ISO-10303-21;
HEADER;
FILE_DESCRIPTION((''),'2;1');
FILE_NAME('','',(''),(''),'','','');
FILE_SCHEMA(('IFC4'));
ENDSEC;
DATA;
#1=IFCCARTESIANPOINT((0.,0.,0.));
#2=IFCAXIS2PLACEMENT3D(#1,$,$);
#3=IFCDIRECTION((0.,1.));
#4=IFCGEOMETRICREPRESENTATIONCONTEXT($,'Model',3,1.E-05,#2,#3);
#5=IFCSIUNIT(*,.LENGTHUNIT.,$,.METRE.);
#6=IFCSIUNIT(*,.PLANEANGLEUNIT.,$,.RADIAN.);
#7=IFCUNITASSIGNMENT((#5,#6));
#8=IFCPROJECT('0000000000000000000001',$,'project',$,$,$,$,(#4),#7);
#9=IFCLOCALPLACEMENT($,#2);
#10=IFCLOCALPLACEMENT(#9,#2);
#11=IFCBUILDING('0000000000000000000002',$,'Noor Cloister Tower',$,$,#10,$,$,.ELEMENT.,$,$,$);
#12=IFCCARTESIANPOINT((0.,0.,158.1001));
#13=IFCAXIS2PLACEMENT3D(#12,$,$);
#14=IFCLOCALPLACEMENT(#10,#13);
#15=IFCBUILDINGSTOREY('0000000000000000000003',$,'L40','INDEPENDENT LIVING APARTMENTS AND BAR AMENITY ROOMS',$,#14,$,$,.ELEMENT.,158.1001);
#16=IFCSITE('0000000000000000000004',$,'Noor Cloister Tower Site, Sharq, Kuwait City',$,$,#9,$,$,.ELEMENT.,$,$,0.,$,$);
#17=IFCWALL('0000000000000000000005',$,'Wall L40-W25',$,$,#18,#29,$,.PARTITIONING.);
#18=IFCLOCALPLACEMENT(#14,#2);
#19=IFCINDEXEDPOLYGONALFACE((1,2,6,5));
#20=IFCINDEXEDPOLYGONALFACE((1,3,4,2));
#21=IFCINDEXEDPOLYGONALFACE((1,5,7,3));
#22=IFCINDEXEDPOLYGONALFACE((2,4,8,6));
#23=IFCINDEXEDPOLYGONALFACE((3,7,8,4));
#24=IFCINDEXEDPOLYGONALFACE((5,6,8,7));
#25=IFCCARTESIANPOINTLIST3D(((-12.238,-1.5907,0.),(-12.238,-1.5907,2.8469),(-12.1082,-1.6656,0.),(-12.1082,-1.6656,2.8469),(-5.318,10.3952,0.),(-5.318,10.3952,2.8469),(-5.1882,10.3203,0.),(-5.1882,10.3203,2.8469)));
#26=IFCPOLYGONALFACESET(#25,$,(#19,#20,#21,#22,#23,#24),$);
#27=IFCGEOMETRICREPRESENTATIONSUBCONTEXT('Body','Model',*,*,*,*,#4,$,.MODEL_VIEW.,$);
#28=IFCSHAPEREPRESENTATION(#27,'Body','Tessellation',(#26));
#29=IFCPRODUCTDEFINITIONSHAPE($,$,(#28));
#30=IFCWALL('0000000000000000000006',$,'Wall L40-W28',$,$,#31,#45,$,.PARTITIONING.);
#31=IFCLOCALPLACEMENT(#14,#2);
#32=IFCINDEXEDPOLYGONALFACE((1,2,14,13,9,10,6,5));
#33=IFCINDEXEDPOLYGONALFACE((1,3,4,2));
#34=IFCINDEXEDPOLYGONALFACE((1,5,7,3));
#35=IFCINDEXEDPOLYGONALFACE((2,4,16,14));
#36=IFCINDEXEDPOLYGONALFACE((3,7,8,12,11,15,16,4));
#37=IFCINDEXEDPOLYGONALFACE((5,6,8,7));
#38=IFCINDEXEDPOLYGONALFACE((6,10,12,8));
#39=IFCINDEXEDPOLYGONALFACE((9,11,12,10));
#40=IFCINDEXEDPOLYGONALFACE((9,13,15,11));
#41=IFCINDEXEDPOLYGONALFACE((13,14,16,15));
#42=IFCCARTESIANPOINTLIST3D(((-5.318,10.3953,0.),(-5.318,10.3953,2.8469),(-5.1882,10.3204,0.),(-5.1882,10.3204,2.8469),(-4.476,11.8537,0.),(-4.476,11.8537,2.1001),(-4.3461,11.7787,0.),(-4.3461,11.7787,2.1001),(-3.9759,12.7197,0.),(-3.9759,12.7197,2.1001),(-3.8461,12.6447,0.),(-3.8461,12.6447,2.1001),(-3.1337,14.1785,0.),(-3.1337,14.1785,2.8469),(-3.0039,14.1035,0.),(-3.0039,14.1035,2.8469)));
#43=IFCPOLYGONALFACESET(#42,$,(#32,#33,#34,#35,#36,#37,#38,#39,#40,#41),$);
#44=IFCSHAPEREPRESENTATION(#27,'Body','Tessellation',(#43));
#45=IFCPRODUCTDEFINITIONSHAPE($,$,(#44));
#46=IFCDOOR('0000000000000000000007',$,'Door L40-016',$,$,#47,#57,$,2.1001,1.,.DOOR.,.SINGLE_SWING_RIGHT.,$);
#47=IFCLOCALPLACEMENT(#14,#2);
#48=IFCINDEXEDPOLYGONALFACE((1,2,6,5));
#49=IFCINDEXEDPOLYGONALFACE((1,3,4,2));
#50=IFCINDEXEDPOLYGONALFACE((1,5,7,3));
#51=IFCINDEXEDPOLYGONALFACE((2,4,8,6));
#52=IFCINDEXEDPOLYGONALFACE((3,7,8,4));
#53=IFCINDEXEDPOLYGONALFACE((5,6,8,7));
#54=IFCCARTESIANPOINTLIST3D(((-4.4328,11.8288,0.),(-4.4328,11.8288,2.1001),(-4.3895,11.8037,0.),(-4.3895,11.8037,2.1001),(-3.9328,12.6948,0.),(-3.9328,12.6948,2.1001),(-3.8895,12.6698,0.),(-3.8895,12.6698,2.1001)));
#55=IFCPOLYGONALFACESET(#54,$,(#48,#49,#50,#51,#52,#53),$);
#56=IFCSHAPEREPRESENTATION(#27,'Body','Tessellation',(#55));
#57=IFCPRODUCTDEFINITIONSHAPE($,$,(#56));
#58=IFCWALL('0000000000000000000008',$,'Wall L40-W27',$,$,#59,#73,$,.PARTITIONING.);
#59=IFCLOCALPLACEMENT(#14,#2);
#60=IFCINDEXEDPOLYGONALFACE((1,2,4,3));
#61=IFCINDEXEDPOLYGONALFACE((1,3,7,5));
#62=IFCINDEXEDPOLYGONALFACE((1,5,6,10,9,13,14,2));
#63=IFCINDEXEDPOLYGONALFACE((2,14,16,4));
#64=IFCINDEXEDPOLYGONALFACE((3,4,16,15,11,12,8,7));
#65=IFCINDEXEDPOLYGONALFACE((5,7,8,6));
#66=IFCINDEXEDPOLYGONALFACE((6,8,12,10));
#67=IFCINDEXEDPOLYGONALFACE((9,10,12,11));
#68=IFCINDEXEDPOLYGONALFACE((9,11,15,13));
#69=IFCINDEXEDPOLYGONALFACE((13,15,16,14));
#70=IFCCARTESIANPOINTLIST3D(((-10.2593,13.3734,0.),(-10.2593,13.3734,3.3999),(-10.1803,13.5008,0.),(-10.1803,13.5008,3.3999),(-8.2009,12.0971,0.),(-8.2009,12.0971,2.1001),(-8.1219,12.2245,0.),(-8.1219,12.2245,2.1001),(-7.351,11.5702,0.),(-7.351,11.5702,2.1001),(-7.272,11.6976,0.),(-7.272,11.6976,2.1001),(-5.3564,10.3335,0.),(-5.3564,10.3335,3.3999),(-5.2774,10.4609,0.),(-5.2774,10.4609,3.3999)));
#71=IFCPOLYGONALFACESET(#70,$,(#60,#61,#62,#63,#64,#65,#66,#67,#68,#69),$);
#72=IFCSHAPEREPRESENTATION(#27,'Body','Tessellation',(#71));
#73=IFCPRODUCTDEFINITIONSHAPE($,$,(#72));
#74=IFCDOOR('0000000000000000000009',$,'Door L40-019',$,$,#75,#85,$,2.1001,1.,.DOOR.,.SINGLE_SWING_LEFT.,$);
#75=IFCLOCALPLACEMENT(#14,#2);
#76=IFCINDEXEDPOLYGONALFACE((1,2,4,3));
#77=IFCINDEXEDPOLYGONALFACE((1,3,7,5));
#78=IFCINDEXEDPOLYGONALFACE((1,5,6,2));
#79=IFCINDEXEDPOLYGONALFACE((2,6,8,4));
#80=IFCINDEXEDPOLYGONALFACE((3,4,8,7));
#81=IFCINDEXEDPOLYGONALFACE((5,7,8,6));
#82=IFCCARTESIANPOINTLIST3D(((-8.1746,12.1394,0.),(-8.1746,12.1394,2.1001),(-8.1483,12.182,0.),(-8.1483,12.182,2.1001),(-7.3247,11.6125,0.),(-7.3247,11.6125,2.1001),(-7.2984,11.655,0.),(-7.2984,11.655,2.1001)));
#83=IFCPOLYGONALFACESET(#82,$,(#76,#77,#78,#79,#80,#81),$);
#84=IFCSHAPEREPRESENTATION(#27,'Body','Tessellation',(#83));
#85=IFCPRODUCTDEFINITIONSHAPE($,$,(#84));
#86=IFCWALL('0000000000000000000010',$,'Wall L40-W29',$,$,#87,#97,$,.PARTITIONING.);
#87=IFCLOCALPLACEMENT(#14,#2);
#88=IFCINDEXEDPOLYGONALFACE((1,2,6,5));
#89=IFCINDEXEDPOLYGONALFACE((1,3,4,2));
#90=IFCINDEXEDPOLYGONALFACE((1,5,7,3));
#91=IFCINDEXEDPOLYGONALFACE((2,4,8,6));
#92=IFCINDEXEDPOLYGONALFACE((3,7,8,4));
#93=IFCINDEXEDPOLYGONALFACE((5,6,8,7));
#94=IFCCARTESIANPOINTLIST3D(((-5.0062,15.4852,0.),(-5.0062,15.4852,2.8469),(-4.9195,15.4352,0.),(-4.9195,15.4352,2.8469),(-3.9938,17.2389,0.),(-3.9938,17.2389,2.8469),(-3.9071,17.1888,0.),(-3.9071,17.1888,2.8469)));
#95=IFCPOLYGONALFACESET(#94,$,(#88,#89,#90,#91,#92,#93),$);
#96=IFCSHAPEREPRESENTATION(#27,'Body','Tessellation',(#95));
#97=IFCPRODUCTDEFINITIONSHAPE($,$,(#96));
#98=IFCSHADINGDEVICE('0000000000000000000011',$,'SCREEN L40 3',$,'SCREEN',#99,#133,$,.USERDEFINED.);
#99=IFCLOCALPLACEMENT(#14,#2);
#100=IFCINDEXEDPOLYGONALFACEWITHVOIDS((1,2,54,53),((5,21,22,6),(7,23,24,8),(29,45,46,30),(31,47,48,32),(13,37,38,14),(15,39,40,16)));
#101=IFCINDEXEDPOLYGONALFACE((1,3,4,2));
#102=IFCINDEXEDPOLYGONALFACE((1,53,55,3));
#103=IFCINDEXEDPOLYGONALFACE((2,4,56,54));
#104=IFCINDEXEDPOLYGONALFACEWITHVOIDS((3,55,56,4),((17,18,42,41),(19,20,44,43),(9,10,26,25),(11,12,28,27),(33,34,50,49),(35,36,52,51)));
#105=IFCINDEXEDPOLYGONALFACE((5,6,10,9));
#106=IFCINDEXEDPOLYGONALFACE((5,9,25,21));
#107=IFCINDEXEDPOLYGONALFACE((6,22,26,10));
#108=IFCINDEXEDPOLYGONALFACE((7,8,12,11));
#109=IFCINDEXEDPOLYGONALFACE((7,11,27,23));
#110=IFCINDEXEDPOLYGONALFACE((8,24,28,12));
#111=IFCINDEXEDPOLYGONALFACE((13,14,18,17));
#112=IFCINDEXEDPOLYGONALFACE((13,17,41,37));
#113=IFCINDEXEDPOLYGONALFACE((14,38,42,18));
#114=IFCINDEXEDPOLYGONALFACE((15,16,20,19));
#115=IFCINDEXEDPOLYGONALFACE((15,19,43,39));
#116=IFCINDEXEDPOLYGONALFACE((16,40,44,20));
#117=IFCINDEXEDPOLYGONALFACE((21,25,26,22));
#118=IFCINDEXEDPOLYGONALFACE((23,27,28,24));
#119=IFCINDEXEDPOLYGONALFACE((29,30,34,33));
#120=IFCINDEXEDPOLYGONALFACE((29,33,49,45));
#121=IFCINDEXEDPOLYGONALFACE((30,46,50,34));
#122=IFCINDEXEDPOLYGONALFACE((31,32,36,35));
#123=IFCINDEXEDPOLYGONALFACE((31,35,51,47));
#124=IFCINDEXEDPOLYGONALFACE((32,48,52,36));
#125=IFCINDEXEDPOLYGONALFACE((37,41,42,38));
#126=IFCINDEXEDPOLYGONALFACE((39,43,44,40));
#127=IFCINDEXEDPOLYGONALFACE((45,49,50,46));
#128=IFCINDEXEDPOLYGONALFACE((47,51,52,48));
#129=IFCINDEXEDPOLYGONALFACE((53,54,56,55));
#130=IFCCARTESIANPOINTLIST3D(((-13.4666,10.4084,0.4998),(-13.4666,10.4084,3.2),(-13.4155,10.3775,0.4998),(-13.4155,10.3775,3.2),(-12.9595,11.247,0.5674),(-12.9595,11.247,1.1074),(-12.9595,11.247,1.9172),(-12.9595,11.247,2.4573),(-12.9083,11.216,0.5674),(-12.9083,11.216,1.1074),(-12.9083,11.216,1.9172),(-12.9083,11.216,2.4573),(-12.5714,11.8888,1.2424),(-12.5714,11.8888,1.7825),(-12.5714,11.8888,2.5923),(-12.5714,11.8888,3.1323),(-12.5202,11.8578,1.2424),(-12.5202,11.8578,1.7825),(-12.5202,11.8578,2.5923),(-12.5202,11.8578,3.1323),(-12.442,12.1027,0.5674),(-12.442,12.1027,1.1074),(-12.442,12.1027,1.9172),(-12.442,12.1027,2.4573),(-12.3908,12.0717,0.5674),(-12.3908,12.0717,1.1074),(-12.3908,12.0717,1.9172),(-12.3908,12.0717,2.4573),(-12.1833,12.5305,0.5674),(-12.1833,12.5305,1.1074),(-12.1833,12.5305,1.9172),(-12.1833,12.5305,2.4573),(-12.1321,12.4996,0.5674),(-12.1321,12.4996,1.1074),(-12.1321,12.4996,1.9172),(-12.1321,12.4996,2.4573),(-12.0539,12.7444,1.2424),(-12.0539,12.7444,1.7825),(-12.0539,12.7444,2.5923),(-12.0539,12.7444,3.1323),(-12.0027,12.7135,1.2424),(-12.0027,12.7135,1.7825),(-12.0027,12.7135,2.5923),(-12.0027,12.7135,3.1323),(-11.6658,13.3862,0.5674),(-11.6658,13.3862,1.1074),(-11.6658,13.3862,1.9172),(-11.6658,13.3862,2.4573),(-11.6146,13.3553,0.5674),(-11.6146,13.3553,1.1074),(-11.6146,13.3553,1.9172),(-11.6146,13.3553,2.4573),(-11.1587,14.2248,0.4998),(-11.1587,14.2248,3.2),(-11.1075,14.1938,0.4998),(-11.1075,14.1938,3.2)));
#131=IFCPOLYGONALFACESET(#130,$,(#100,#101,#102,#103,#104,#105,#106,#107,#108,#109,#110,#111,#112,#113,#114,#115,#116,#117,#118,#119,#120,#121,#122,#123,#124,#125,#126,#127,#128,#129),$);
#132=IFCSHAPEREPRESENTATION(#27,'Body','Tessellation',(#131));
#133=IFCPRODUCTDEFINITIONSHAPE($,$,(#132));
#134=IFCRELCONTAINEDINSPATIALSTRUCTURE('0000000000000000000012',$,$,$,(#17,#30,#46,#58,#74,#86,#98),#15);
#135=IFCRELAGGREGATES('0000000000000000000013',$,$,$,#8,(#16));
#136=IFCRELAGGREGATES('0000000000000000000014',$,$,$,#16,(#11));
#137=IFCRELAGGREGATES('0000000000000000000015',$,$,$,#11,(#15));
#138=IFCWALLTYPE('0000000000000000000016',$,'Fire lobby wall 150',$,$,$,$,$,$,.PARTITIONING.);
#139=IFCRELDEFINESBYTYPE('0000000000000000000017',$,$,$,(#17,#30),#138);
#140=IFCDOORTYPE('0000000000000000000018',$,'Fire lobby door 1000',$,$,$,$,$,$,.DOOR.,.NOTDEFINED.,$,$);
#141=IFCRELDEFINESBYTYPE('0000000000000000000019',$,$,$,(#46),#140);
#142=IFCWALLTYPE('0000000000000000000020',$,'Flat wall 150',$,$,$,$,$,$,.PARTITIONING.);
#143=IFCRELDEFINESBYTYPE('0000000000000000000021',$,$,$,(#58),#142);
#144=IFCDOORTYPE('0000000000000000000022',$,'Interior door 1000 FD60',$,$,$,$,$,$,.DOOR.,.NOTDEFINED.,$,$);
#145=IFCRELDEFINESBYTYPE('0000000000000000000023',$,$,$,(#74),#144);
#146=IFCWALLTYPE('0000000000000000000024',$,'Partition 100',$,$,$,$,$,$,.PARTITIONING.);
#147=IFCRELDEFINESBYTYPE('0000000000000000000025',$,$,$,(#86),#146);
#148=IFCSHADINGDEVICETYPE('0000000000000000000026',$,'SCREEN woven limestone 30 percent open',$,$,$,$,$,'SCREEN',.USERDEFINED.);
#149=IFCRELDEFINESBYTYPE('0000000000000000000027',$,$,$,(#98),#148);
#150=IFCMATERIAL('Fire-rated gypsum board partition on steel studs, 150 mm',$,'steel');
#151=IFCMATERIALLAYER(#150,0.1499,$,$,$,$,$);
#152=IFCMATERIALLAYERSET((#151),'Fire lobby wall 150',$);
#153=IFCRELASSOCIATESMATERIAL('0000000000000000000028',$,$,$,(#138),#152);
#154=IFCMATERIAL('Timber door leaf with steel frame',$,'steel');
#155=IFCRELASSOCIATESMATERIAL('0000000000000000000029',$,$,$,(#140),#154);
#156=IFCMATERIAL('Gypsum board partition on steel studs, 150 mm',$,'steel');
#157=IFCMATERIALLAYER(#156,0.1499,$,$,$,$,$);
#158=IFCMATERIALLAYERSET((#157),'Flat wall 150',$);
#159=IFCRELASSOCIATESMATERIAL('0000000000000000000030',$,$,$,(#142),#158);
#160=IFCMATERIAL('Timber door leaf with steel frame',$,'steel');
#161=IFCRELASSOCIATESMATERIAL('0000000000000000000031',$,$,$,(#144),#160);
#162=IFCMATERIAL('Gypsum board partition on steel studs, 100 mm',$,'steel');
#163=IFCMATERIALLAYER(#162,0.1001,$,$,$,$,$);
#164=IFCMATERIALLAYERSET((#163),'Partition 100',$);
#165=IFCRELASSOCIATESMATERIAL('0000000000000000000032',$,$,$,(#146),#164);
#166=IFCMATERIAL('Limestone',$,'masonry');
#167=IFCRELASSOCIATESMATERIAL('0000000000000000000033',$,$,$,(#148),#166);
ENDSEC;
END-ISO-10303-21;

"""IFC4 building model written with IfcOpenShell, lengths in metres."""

from ifc_helpers import new_model, si_unit, direction, frame, frame_2d, origin, place, context, subcontext, project, spatial, polyline, rectangle, outline, extrude, material, layer, layer_set, material_profile, profile_set, type_object, element, fill, save


model = new_model("IFC4")

# Units and contexts
model_context = context("Model", 3, precision=1e-05, world=origin(), true_north=direction((0.0, 1.0)))
body_context = subcontext(model_context, "Body", "Model", "MODEL_VIEW")
ifc_project = project(units=[si_unit("LENGTHUNIT", "METRE"), si_unit("PLANEANGLEUNIT", "RADIAN")], contexts=[model_context])

# Site, building, storey
site_placement = place(None, origin())
site = spatial("IfcSite", under=ifc_project, at=site_placement, Name="Noor Cloister Tower Site, Sharq, Kuwait City", CompositionType="ELEMENT", RefElevation=0.0)
building_placement = place(site_placement, origin())
building = spatial("IfcBuilding", under=site, at=building_placement, Name="Noor Cloister Tower", CompositionType="ELEMENT")
storey_placement = place(building_placement, frame((0.0, 0.0, 158.1001)))
storey = spatial("IfcBuildingStorey", under=building, at=storey_placement, Name="L40", Description="INDEPENDENT LIVING APARTMENTS AND BAR AMENITY ROOMS", CompositionType="ELEMENT", Elevation=158.1001)

# Wall
ifc_material_1 = material(Name="Fire-rated gypsum board partition on steel studs, 150 mm", Category="steel")
ifc_layer_1 = layer(ifc_material_1, 0.1499)
ifc_layer_set_1 = layer_set([ifc_layer_1], Name="Fire lobby wall 150")
wall_type_1 = type_object("IfcWallType", Name="Fire lobby wall 150", PredefinedType="PARTITIONING", material=ifc_layer_set_1)
wall_1_placement = place(storey_placement, frame((-5.2532, 10.3577, 0.0), z_axis=(0.0, 0.0, 1.0), x_axis=(-0.499994, -0.866029, 0.0)))
element("IfcWall", 1, at=wall_1_placement, inside=storey, type_object=wall_type_1, Name="Wall L40-W25", PredefinedType="PARTITIONING", context=body_context, shape_type="SweptSolid", body=[
    extrude(rectangle(XDim=13.8401, YDim=0.1499, at=frame_2d((6.9199, 0.0))), origin(), (0.0, 0.0, 1.0), 2.8469),
])

# Walls, openings, doors
wall_2_placement = place(storey_placement, frame((-3.0688, 14.1409, 0.0), z_axis=(0.0, 0.0, 1.0), x_axis=(-0.500016, -0.866016, 0.0)))
wall_2 = element("IfcWall", 2, at=wall_2_placement, inside=storey, type_object=wall_type_1, Name="Wall L40-W28", PredefinedType="PARTITIONING", context=body_context, shape_type="SweptSolid", body=[
    extrude(rectangle(XDim=4.3684, YDim=0.1499, at=frame_2d((2.1841, 0.0))), origin(), (0.0, 0.0, 1.0), 2.8469),
])
opening_1_placement = place(wall_2_placement, frame((1.6843, 0.0, 0.0)))
opening_1 = element("IfcOpeningElement", 3, at=opening_1_placement, cuts=wall_2, PredefinedType="OPENING", context=body_context, shape_type="SweptSolid", body=[
    extrude(rectangle(XDim=1.0, YDim=2.1001, at=frame_2d((0.5, 1.05))), frame((0.0, 0.085, 0.0), z_axis=(0.0, -1.0, 0.0), x_axis=(1.0, 0.0, 0.0)), (0.0, 0.0, 1.0), 0.1699),
])
ifc_material_2 = material(Name="Timber door leaf with steel frame", Category="steel")
door_type_1 = type_object("IfcDoorType", Name="Fire lobby door 1000", OperationType="NOTDEFINED", PredefinedType="DOOR", material=ifc_material_2)
door_1_placement = place(opening_1_placement, origin())
door_1 = element("IfcDoor", 4, at=door_1_placement, inside=storey, type_object=door_type_1, Name="Door L40-016", OperationType="SINGLE_SWING_RIGHT", OverallHeight=2.1001, OverallWidth=1.0, PredefinedType="DOOR", context=body_context, shape_type="SweptSolid", body=[
    extrude(rectangle(XDim=1.0, YDim=2.1001, at=frame_2d((0.5, 1.05))), frame((0.0, 0.0249, 0.0), z_axis=(0.0, -1.0, 0.0), x_axis=(1.0, 0.0, 0.0)), (0.0, 0.0, 1.0), 0.05),
])
fill(opening_1, door_1)
ifc_material_3 = material(Name="Gypsum board partition on steel studs, 150 mm", Category="steel")
ifc_layer_2 = layer(ifc_material_3, 0.1499)
ifc_layer_set_2 = layer_set([ifc_layer_2], Name="Flat wall 150")
wall_type_2 = type_object("IfcWallType", Name="Flat wall 150", PredefinedType="PARTITIONING", material=ifc_layer_set_2)
wall_3_placement = place(storey_placement, frame((-10.2197, 13.437, 0.0), z_axis=(0.0, 0.0, 1.0), x_axis=(0.8499, -0.526945, 0.0)))
wall_3 = element("IfcWall", 5, at=wall_3_placement, inside=storey, type_object=wall_type_2, Name="Wall L40-W27", PredefinedType="PARTITIONING", context=body_context, shape_type="SweptSolid", body=[
    extrude(rectangle(XDim=5.7688, YDim=0.1499, at=frame_2d((2.8843, 0.0))), origin(), (0.0, 0.0, 1.0), 3.3999),
])
opening_2_placement = place(wall_3_placement, frame((2.4219, 0.0, 0.0)))
opening_2 = element("IfcOpeningElement", 6, at=opening_2_placement, cuts=wall_3, PredefinedType="OPENING", context=body_context, shape_type="SweptSolid", body=[
    extrude(rectangle(XDim=1.0, YDim=2.1001, at=frame_2d((0.5, 1.05))), frame((0.0, 0.085, 0.0), z_axis=(0.0, -1.0, 0.0), x_axis=(1.0, 0.0, 0.0)), (0.0, 0.0, 1.0), 0.1699),
])
ifc_material_4 = material(Name="Timber door leaf with steel frame", Category="steel")
door_type_2 = type_object("IfcDoorType", Name="Interior door 1000 FD60", OperationType="NOTDEFINED", PredefinedType="DOOR", material=ifc_material_4)
door_2_placement = place(opening_2_placement, origin())
door_2 = element("IfcDoor", 7, at=door_2_placement, inside=storey, type_object=door_type_2, Name="Door L40-019", OperationType="SINGLE_SWING_LEFT", OverallHeight=2.1001, OverallWidth=1.0, PredefinedType="DOOR", context=body_context, shape_type="SweptSolid", body=[
    extrude(rectangle(XDim=1.0, YDim=2.1001, at=frame_2d((0.5, 1.05))), frame((0.0, 0.0249, 0.0), z_axis=(0.0, -1.0, 0.0), x_axis=(1.0, 0.0, 0.0)), (0.0, 0.0, 1.0), 0.05),
])
fill(opening_2, door_2)

# Wall
ifc_material_5 = material(Name="Gypsum board partition on steel studs, 100 mm", Category="steel")
ifc_layer_3 = layer(ifc_material_5, 0.1001)
ifc_layer_set_3 = layer_set([ifc_layer_3], Name="Partition 100")
wall_type_3 = type_object("IfcWallType", Name="Partition 100", PredefinedType="PARTITIONING", material=ifc_layer_set_3)
wall_4_placement = place(storey_placement, frame((-4.9629, 15.4602, 0.0), z_axis=(0.0, 0.0, 1.0), x_axis=(0.49999, 0.866031, 0.0)))
element("IfcWall", 8, at=wall_4_placement, inside=storey, type_object=wall_type_3, Name="Wall L40-W29", PredefinedType="PARTITIONING", context=body_context, shape_type="SweptSolid", body=[
    extrude(rectangle(XDim=2.0249, YDim=0.1001, at=frame_2d((1.0125, 0.0))), origin(), (0.0, 0.0, 1.0), 2.8469),
])

# Shading device
ifc_material_6 = material(Name="Limestone", Category="masonry")
ifc_material_profile_1 = material_profile(ifc_material_6, outline(polyline([(-2.23, -1.3501), (2.23, -1.3501), (2.23, 1.3501), (-2.23, 1.3501), (-2.23, -1.3501)]), holes=[polyline([(-1.25, -1.2825), (-0.25, -1.2825), (-0.25, -0.7424), (-1.25, -0.7424), (-1.25, -1.2825)]), polyline([(0.25, -1.2825), (1.25, -1.2825), (1.25, -0.7424), (0.25, -0.7424), (0.25, -1.2825)]), polyline([(-0.5, -0.6074), (0.5, -0.6074), (0.5, -0.0674), (-0.5, -0.0674), (-0.5, -0.6074)]), polyline([(-1.25, 0.0674), (-0.25, 0.0674), (-0.25, 0.6074), (-1.25, 0.6074), (-1.25, 0.0674)]), polyline([(0.25, 0.0674), (1.25, 0.0674), (1.25, 0.6074), (0.25, 0.6074), (0.25, 0.0674)]), polyline([(-0.5, 0.7424), (0.5, 0.7424), (0.5, 1.2825), (-0.5, 1.2825), (-0.5, 0.7424)])]), Name="Woven screen 30 percent open")
ifc_profile_set_1 = profile_set([ifc_material_profile_1], Name="Limestone")
shading_device_type = type_object("IfcShadingDeviceType", Name="SCREEN woven limestone 30 percent open", ElementType="SCREEN", PredefinedType="USERDEFINED", material=ifc_profile_set_1)
shading_device_placement = place(storey_placement, frame((-12.2615, 12.2856, 1.8499), z_axis=(-0.85569, 0.517489, 0.0), x_axis=(-0.517489, -0.85569, 0.0)))
element("IfcShadingDevice", 9, at=shading_device_placement, inside=storey, type_object=shading_device_type, Name="SCREEN L40 3", ObjectType="SCREEN", PredefinedType="USERDEFINED", context=body_context, shape_type="SweptSolid", body=[
    extrude(outline(polyline([(-2.23, -1.3501), (2.23, -1.3501), (2.23, 1.3501), (-2.23, 1.3501), (-2.23, -1.3501)]), holes=[polyline([(-1.25, -1.2825), (-0.25, -1.2825), (-0.25, -0.7424), (-1.25, -0.7424), (-1.25, -1.2825)]), polyline([(0.25, -1.2825), (1.25, -1.2825), (1.25, -0.7424), (0.25, -0.7424), (0.25, -1.2825)]), polyline([(-0.5, -0.6074), (0.5, -0.6074), (0.5, -0.0674), (-0.5, -0.0674), (-0.5, -0.6074)]), polyline([(-1.25, 0.0674), (-0.25, 0.0674), (-0.25, 0.6074), (-1.25, 0.6074), (-1.25, 0.0674)]), polyline([(0.25, 0.0674), (1.25, 0.0674), (1.25, 0.6074), (0.25, 0.6074), (0.25, 0.0674)]), polyline([(-0.5, 0.7424), (0.5, 0.7424), (0.5, 1.2825), (-0.5, 1.2825), (-0.5, 0.7424)])]), origin(), (0.0, 0.0, 1.0), 0.0598),
])

save(model, "model.ifc")
